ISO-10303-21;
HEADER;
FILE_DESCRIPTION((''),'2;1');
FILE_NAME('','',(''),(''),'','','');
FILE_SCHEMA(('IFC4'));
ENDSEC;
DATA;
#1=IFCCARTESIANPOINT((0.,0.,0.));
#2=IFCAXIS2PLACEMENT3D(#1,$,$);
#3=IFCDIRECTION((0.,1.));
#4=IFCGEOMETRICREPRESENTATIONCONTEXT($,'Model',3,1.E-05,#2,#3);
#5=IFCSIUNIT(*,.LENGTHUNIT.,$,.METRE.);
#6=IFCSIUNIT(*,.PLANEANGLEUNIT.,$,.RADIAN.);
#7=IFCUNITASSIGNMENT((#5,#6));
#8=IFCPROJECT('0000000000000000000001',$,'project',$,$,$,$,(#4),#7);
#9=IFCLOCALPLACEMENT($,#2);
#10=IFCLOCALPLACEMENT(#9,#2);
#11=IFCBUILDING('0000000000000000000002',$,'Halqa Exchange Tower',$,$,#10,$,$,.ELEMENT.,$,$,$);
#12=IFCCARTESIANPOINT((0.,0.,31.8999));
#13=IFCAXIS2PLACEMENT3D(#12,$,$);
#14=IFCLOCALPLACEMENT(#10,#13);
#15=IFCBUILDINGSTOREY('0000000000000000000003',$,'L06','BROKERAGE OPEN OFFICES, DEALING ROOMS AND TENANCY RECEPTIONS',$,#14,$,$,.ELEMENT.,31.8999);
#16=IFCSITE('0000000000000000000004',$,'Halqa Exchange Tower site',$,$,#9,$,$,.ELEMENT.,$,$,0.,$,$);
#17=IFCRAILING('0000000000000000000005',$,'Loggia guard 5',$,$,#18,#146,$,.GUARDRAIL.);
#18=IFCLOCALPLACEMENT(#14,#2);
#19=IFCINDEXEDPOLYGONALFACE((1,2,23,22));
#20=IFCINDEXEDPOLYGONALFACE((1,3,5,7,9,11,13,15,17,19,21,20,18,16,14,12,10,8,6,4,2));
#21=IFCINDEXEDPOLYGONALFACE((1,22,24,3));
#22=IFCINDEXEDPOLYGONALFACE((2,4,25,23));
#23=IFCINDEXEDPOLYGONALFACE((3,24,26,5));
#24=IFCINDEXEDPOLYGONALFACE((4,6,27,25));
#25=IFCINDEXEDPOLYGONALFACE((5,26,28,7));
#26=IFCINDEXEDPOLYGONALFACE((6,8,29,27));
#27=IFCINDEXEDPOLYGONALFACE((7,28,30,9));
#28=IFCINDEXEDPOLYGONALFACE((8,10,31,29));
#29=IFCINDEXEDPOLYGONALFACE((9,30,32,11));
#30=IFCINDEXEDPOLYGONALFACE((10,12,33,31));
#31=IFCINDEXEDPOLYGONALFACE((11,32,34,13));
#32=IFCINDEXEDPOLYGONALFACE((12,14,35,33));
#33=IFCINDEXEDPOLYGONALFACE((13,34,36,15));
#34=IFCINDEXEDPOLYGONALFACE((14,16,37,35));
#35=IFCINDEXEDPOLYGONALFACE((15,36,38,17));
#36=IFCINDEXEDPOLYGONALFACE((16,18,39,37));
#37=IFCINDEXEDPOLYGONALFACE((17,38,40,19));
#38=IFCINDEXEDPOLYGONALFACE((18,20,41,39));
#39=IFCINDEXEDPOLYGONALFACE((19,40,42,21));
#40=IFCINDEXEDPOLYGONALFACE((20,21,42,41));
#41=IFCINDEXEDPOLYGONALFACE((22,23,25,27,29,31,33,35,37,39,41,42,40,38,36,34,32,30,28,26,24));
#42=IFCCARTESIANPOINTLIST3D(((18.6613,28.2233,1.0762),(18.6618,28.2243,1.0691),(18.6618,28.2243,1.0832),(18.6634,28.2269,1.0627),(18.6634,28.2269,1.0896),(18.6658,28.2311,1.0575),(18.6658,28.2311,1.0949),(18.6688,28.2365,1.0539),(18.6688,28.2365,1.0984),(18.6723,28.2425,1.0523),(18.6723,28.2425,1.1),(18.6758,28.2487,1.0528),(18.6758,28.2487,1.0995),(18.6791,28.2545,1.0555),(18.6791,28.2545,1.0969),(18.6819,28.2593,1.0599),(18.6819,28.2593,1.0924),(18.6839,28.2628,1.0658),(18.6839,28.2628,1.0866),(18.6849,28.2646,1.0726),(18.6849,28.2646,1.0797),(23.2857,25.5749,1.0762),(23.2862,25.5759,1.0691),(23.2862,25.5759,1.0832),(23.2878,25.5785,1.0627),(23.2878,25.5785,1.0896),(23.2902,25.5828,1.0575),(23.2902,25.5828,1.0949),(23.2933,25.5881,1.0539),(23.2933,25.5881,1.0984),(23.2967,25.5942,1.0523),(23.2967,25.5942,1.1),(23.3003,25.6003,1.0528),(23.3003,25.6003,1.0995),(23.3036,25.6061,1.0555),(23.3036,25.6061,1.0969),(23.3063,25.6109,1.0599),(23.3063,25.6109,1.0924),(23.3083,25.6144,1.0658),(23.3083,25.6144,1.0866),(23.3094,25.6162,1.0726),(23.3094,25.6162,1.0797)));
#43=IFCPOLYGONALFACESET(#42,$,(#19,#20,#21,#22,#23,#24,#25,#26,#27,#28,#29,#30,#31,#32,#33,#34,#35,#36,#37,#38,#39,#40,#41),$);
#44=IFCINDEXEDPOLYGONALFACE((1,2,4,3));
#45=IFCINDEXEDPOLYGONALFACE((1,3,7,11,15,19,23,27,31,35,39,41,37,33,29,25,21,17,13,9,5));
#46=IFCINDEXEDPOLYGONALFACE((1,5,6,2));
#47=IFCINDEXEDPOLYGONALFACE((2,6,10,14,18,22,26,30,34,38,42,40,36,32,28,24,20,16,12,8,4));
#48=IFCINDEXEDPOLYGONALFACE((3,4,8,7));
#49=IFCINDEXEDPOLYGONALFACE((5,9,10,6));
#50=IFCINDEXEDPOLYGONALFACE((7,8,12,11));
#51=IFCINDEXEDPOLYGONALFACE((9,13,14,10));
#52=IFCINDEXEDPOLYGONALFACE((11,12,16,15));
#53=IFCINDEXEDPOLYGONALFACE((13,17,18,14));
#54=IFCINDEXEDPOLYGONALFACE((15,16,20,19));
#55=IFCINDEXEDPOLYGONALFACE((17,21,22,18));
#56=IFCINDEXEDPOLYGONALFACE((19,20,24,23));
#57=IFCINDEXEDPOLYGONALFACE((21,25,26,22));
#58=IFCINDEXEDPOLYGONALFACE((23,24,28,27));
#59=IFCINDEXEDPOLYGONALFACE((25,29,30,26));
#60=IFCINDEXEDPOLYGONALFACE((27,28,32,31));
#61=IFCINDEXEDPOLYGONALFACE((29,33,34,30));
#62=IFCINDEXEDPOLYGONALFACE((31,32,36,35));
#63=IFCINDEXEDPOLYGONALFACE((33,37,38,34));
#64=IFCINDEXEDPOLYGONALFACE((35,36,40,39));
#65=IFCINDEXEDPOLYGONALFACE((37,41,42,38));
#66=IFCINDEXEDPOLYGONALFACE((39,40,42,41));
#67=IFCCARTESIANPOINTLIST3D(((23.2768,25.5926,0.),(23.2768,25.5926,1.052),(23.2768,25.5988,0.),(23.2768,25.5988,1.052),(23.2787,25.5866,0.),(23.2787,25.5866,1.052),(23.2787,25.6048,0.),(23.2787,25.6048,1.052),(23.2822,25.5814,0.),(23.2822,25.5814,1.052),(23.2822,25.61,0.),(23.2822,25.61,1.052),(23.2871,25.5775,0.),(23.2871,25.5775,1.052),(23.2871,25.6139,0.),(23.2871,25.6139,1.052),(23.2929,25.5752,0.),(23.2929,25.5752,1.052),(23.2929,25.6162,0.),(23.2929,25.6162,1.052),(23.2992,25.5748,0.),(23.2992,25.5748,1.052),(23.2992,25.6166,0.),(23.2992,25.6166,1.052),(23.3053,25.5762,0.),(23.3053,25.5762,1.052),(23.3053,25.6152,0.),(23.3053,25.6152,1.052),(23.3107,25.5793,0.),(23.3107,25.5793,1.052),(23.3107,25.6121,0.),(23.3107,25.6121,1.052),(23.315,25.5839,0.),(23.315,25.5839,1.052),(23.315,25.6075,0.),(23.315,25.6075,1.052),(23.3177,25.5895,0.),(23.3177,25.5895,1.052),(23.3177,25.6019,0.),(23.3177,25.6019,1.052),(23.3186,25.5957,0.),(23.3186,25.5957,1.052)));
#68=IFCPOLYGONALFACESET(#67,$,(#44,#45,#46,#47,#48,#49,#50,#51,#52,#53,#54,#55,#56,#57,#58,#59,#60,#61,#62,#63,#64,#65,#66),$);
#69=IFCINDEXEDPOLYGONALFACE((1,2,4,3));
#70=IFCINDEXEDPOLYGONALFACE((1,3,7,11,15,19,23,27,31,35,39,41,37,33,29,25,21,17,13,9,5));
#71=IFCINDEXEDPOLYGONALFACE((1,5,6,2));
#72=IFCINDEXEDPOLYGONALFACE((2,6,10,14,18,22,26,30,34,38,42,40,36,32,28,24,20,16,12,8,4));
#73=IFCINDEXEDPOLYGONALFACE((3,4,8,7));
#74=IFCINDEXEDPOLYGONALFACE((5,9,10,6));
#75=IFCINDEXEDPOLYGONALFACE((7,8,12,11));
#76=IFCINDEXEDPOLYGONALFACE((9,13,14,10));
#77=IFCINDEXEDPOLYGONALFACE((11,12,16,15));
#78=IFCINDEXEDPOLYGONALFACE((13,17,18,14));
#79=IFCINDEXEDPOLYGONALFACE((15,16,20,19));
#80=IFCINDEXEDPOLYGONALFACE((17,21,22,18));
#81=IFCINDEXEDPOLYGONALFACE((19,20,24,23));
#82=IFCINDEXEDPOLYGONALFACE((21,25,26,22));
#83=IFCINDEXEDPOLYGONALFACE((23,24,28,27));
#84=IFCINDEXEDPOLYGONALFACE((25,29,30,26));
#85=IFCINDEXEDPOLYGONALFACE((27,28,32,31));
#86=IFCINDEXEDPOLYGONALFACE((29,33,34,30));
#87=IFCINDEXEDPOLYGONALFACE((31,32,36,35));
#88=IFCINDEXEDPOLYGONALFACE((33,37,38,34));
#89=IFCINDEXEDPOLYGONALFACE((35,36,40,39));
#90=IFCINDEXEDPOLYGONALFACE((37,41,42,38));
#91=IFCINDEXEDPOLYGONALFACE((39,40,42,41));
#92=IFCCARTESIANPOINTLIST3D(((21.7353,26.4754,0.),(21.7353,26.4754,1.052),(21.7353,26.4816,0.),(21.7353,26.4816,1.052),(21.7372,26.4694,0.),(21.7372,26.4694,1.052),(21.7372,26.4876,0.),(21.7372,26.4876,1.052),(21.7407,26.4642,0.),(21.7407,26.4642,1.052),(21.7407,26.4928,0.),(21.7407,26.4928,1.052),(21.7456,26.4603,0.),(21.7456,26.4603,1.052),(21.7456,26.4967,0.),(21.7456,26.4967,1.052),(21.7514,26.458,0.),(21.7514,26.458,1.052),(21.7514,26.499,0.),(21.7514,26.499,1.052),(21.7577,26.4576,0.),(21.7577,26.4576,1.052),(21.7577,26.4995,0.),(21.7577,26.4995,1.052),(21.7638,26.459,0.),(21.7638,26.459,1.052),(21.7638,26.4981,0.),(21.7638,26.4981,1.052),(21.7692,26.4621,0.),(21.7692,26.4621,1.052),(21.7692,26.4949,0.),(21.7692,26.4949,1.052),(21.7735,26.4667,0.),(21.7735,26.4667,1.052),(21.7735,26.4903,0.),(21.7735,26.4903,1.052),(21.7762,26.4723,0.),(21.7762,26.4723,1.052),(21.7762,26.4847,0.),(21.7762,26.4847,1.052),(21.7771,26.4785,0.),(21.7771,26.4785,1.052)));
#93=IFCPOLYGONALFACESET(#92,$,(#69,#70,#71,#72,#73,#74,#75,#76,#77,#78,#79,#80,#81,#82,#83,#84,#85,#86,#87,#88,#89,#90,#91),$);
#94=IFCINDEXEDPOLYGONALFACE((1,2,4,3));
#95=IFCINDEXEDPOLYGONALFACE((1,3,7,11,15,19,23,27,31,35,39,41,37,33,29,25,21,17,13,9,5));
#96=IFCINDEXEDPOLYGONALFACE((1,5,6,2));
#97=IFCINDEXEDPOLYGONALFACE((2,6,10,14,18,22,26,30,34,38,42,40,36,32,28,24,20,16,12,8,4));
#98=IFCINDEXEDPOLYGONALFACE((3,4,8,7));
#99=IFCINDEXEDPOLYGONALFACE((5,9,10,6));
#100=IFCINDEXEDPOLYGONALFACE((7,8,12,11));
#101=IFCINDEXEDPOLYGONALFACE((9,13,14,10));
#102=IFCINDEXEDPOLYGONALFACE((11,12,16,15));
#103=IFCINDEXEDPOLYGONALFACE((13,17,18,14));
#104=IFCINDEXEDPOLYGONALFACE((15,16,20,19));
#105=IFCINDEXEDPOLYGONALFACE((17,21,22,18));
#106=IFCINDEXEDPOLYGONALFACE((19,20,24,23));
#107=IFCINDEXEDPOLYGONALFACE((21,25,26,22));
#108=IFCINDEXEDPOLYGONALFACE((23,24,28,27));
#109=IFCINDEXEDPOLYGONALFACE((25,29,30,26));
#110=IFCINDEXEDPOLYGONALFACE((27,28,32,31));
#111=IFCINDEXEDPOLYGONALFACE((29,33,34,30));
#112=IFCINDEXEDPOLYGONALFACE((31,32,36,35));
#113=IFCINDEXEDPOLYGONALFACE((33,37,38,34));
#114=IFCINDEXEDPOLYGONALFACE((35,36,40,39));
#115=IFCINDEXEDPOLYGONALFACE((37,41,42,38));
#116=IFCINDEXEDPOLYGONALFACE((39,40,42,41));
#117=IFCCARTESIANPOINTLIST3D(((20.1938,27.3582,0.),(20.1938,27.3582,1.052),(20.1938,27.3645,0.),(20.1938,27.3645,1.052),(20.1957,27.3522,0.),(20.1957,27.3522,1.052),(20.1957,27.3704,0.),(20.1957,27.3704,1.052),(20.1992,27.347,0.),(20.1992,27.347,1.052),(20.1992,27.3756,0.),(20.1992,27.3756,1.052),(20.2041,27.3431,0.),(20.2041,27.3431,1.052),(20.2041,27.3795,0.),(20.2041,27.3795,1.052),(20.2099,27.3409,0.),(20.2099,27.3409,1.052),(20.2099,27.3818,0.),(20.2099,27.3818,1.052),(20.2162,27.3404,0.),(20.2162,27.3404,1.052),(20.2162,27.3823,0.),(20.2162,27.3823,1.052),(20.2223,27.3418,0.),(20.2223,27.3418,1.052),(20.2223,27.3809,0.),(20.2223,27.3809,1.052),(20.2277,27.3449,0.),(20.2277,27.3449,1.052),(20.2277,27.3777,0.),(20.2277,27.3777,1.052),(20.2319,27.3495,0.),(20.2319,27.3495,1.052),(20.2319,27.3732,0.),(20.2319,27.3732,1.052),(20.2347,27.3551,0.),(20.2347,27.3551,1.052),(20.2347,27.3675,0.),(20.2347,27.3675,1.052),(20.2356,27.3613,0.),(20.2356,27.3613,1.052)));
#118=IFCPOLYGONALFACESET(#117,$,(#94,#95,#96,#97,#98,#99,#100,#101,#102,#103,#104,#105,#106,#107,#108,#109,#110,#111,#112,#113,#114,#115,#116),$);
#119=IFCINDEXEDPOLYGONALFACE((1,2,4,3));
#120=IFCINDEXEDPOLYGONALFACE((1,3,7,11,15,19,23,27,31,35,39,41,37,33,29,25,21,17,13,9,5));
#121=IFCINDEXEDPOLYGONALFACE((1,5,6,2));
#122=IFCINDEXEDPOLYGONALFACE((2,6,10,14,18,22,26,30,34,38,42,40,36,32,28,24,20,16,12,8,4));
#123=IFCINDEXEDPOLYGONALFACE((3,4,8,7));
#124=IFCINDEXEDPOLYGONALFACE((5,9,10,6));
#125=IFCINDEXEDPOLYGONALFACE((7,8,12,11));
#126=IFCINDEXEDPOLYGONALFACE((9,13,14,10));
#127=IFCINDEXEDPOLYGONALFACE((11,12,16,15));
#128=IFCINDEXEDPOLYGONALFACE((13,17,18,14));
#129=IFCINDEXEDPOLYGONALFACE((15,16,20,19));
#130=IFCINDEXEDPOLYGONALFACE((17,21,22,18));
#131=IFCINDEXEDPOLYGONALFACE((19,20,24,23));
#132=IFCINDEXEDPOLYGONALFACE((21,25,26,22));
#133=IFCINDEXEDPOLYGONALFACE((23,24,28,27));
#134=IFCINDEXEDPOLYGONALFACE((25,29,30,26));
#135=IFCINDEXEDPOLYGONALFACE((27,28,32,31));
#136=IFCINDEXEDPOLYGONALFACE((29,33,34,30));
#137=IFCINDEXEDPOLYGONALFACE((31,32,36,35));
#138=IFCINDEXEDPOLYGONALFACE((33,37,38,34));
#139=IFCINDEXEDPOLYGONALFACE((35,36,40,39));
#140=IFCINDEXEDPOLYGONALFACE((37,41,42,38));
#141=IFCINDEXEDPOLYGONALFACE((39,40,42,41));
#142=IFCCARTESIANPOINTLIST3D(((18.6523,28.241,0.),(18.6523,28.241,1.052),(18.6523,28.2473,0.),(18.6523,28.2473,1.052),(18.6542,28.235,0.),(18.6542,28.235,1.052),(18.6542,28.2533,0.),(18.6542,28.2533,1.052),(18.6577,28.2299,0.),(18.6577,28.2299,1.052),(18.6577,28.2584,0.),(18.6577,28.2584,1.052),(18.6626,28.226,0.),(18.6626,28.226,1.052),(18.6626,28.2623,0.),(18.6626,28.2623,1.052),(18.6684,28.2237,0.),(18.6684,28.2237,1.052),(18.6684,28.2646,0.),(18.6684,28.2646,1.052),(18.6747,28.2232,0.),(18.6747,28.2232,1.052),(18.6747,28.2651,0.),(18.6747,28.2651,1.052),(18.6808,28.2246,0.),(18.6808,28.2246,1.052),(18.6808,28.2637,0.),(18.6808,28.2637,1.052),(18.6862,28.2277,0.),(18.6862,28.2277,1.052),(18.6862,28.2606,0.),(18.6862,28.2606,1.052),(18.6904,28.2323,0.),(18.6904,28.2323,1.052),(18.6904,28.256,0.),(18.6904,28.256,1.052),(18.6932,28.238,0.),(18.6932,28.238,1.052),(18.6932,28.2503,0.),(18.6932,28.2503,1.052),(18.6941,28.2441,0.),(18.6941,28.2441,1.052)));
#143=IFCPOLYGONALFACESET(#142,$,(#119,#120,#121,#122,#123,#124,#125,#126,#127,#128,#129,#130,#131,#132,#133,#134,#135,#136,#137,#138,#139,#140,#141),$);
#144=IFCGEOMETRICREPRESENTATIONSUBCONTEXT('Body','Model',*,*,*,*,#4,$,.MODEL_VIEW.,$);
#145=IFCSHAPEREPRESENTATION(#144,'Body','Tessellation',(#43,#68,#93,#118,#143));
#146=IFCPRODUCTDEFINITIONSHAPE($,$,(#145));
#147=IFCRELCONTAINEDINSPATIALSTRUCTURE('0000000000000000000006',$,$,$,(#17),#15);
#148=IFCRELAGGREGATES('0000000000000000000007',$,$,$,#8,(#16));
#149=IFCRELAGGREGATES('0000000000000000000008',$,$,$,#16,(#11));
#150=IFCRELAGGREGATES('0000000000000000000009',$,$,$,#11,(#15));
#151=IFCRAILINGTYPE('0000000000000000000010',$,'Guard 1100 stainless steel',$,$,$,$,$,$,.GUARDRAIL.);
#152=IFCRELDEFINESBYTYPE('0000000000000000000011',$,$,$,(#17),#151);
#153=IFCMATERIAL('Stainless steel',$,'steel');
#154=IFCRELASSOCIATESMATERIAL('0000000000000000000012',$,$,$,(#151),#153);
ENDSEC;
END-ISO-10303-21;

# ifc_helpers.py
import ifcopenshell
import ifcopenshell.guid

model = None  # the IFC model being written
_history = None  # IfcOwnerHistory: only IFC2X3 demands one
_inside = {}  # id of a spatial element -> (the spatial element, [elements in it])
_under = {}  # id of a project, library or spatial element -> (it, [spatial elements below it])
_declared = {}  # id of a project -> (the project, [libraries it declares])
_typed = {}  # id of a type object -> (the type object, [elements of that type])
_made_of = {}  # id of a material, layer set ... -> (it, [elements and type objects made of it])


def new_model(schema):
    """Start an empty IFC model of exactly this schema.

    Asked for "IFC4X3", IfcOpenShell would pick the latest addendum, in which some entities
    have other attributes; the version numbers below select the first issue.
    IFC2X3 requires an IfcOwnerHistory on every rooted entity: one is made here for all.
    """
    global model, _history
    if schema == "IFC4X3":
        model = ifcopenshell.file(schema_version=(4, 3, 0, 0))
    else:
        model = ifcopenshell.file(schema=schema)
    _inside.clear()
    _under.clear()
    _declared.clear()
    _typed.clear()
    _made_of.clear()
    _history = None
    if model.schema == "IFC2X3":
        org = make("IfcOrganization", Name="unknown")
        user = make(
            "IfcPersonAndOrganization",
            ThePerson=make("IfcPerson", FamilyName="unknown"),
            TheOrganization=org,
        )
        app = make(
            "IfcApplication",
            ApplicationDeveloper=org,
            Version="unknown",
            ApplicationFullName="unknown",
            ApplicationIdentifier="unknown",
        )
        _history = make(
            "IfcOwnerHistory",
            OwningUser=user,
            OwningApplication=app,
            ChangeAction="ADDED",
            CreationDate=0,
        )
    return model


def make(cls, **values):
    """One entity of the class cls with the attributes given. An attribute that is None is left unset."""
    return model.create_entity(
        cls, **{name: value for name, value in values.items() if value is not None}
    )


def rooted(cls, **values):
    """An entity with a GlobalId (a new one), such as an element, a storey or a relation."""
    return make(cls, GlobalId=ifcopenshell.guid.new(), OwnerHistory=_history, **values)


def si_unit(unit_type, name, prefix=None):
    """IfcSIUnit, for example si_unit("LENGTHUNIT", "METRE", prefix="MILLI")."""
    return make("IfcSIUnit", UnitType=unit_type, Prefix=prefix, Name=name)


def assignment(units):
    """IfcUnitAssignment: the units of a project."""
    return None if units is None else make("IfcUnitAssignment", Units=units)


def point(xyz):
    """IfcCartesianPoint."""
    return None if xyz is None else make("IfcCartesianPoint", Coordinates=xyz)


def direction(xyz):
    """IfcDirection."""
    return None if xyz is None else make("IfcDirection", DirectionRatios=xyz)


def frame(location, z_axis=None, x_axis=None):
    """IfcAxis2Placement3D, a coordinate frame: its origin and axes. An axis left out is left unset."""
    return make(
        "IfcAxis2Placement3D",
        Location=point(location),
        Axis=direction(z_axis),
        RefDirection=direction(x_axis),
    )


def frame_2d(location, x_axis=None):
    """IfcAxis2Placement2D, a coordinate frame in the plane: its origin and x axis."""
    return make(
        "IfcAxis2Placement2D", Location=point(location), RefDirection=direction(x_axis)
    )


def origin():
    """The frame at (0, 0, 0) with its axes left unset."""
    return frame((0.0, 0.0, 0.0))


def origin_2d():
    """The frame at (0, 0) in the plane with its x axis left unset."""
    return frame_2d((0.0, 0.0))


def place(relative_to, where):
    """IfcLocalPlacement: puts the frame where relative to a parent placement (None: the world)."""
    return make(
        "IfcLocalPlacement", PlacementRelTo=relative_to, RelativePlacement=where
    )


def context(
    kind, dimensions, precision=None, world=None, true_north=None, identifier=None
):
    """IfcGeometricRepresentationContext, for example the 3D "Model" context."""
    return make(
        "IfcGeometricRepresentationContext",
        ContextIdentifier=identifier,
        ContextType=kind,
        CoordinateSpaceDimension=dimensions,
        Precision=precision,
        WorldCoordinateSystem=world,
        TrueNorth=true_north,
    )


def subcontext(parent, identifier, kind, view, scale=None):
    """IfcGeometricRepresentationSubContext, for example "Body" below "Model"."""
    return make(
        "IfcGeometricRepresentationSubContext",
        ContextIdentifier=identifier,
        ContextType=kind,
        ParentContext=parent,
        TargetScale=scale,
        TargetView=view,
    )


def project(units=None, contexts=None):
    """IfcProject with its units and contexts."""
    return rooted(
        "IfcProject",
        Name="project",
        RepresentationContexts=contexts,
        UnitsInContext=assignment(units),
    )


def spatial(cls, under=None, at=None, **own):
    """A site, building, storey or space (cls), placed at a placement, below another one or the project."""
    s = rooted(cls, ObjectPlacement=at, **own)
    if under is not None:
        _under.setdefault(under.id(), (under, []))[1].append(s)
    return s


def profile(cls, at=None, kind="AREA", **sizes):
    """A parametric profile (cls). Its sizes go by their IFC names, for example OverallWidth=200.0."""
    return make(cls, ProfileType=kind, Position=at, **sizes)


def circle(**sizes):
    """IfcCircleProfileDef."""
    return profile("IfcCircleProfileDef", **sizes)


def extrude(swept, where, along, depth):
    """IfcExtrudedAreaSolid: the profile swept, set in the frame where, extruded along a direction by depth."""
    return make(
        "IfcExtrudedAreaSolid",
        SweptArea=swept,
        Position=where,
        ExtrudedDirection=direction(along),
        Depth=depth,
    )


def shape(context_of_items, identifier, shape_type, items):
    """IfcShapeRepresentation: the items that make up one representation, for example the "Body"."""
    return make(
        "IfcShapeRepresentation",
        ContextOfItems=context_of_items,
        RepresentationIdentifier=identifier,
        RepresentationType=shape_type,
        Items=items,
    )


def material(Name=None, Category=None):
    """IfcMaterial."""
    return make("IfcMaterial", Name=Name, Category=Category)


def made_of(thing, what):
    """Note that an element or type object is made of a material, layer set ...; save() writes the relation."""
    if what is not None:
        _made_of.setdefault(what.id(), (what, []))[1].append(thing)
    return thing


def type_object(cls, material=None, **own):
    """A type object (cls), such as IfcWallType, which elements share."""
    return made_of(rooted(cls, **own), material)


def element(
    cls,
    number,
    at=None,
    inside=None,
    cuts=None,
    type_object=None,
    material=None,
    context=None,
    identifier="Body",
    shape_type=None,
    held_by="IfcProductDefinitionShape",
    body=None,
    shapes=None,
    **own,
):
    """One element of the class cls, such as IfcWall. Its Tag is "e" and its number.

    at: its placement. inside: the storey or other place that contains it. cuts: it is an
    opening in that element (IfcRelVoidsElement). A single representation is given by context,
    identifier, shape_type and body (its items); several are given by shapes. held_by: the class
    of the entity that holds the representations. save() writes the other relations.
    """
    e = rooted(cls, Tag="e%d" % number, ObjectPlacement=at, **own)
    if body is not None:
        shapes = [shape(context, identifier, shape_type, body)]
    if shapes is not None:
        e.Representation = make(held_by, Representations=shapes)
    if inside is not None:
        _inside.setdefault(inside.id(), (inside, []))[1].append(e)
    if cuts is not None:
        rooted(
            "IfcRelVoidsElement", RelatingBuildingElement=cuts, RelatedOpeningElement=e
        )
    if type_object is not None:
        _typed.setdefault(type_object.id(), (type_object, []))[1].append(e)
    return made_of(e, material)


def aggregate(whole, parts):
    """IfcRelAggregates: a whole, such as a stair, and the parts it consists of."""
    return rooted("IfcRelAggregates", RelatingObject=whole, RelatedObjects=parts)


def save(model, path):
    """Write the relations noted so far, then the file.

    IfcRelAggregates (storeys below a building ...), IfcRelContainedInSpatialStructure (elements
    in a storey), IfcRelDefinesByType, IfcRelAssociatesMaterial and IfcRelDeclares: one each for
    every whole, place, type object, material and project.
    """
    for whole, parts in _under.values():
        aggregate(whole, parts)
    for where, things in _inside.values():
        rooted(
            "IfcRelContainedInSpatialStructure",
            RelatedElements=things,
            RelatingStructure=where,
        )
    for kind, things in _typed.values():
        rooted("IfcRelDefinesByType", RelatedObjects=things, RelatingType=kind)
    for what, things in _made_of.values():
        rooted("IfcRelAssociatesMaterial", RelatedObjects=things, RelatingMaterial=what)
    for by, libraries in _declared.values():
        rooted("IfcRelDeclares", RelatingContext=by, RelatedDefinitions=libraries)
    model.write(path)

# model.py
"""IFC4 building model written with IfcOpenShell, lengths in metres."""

from ifc_helpers import new_model, si_unit, direction, frame, origin, origin_2d, place, context, subcontext, project, spatial, circle, extrude, material, type_object, element, save


model = new_model("IFC4")

# Units and contexts
model_context = context("Model", 3, precision=1e-05, world=origin(), true_north=direction((0.0, 1.0)))
body_context = subcontext(model_context, "Body", "Model", "MODEL_VIEW")
ifc_project = project(units=[si_unit("LENGTHUNIT", "METRE"), si_unit("PLANEANGLEUNIT", "RADIAN")], contexts=[model_context])

# Site, building, storey
site_placement = place(None, origin())
site = spatial("IfcSite", under=ifc_project, at=site_placement, Name="Halqa Exchange Tower site", CompositionType="ELEMENT", RefElevation=0.0)
building_placement = place(site_placement, origin())
building = spatial("IfcBuilding", under=site, at=building_placement, Name="Halqa Exchange Tower", CompositionType="ELEMENT")
storey_placement = place(building_placement, frame((0.0, 0.0, 31.8999)))
storey = spatial("IfcBuildingStorey", under=building, at=storey_placement, Name="L06", Description="BROKERAGE OPEN OFFICES, DEALING ROOMS AND TENANCY RECEPTIONS", CompositionType="ELEMENT", Elevation=31.8999)

# Railing
ifc_material_1 = material(Name="Stainless steel", Category="steel")
railing_type = type_object("IfcRailingType", Name="Guard 1100 stainless steel", PredefinedType="GUARDRAIL", material=ifc_material_1)
railing_1_placement = place(storey_placement, frame((23.2976, 25.5957, 0.0)))
element("IfcRailing", 1, at=railing_1_placement, inside=storey, type_object=railing_type, Name="Loggia guard 5", PredefinedType="GUARDRAIL", context=body_context, shape_type="SweptSolid", body=[
    extrude(circle(Radius=0.0239, at=origin_2d()), frame((0.0, 0.0, 1.0762), z_axis=(-0.867769, 0.496968, 0.0), x_axis=(-0.496968, -0.867769, 0.0)), (0.0, 0.0, 1.0), 5.3291),
    extrude(circle(Radius=0.021, at=origin_2d()), origin(), (0.0, 0.0, 1.0), 1.052),
    extrude(circle(Radius=0.021, at=origin_2d()), frame((-1.5415, 0.8828, 0.0)), (0.0, 0.0, 1.0), 1.052),
    extrude(circle(Radius=0.021, at=origin_2d()), frame((-3.083, 1.7656, 0.0)), (0.0, 0.0, 1.0), 1.052),
    extrude(circle(Radius=0.021, at=origin_2d()), frame((-4.6245, 2.6484, 0.0)), (0.0, 0.0, 1.0), 1.052),
])

save(model, "model.ifc")
